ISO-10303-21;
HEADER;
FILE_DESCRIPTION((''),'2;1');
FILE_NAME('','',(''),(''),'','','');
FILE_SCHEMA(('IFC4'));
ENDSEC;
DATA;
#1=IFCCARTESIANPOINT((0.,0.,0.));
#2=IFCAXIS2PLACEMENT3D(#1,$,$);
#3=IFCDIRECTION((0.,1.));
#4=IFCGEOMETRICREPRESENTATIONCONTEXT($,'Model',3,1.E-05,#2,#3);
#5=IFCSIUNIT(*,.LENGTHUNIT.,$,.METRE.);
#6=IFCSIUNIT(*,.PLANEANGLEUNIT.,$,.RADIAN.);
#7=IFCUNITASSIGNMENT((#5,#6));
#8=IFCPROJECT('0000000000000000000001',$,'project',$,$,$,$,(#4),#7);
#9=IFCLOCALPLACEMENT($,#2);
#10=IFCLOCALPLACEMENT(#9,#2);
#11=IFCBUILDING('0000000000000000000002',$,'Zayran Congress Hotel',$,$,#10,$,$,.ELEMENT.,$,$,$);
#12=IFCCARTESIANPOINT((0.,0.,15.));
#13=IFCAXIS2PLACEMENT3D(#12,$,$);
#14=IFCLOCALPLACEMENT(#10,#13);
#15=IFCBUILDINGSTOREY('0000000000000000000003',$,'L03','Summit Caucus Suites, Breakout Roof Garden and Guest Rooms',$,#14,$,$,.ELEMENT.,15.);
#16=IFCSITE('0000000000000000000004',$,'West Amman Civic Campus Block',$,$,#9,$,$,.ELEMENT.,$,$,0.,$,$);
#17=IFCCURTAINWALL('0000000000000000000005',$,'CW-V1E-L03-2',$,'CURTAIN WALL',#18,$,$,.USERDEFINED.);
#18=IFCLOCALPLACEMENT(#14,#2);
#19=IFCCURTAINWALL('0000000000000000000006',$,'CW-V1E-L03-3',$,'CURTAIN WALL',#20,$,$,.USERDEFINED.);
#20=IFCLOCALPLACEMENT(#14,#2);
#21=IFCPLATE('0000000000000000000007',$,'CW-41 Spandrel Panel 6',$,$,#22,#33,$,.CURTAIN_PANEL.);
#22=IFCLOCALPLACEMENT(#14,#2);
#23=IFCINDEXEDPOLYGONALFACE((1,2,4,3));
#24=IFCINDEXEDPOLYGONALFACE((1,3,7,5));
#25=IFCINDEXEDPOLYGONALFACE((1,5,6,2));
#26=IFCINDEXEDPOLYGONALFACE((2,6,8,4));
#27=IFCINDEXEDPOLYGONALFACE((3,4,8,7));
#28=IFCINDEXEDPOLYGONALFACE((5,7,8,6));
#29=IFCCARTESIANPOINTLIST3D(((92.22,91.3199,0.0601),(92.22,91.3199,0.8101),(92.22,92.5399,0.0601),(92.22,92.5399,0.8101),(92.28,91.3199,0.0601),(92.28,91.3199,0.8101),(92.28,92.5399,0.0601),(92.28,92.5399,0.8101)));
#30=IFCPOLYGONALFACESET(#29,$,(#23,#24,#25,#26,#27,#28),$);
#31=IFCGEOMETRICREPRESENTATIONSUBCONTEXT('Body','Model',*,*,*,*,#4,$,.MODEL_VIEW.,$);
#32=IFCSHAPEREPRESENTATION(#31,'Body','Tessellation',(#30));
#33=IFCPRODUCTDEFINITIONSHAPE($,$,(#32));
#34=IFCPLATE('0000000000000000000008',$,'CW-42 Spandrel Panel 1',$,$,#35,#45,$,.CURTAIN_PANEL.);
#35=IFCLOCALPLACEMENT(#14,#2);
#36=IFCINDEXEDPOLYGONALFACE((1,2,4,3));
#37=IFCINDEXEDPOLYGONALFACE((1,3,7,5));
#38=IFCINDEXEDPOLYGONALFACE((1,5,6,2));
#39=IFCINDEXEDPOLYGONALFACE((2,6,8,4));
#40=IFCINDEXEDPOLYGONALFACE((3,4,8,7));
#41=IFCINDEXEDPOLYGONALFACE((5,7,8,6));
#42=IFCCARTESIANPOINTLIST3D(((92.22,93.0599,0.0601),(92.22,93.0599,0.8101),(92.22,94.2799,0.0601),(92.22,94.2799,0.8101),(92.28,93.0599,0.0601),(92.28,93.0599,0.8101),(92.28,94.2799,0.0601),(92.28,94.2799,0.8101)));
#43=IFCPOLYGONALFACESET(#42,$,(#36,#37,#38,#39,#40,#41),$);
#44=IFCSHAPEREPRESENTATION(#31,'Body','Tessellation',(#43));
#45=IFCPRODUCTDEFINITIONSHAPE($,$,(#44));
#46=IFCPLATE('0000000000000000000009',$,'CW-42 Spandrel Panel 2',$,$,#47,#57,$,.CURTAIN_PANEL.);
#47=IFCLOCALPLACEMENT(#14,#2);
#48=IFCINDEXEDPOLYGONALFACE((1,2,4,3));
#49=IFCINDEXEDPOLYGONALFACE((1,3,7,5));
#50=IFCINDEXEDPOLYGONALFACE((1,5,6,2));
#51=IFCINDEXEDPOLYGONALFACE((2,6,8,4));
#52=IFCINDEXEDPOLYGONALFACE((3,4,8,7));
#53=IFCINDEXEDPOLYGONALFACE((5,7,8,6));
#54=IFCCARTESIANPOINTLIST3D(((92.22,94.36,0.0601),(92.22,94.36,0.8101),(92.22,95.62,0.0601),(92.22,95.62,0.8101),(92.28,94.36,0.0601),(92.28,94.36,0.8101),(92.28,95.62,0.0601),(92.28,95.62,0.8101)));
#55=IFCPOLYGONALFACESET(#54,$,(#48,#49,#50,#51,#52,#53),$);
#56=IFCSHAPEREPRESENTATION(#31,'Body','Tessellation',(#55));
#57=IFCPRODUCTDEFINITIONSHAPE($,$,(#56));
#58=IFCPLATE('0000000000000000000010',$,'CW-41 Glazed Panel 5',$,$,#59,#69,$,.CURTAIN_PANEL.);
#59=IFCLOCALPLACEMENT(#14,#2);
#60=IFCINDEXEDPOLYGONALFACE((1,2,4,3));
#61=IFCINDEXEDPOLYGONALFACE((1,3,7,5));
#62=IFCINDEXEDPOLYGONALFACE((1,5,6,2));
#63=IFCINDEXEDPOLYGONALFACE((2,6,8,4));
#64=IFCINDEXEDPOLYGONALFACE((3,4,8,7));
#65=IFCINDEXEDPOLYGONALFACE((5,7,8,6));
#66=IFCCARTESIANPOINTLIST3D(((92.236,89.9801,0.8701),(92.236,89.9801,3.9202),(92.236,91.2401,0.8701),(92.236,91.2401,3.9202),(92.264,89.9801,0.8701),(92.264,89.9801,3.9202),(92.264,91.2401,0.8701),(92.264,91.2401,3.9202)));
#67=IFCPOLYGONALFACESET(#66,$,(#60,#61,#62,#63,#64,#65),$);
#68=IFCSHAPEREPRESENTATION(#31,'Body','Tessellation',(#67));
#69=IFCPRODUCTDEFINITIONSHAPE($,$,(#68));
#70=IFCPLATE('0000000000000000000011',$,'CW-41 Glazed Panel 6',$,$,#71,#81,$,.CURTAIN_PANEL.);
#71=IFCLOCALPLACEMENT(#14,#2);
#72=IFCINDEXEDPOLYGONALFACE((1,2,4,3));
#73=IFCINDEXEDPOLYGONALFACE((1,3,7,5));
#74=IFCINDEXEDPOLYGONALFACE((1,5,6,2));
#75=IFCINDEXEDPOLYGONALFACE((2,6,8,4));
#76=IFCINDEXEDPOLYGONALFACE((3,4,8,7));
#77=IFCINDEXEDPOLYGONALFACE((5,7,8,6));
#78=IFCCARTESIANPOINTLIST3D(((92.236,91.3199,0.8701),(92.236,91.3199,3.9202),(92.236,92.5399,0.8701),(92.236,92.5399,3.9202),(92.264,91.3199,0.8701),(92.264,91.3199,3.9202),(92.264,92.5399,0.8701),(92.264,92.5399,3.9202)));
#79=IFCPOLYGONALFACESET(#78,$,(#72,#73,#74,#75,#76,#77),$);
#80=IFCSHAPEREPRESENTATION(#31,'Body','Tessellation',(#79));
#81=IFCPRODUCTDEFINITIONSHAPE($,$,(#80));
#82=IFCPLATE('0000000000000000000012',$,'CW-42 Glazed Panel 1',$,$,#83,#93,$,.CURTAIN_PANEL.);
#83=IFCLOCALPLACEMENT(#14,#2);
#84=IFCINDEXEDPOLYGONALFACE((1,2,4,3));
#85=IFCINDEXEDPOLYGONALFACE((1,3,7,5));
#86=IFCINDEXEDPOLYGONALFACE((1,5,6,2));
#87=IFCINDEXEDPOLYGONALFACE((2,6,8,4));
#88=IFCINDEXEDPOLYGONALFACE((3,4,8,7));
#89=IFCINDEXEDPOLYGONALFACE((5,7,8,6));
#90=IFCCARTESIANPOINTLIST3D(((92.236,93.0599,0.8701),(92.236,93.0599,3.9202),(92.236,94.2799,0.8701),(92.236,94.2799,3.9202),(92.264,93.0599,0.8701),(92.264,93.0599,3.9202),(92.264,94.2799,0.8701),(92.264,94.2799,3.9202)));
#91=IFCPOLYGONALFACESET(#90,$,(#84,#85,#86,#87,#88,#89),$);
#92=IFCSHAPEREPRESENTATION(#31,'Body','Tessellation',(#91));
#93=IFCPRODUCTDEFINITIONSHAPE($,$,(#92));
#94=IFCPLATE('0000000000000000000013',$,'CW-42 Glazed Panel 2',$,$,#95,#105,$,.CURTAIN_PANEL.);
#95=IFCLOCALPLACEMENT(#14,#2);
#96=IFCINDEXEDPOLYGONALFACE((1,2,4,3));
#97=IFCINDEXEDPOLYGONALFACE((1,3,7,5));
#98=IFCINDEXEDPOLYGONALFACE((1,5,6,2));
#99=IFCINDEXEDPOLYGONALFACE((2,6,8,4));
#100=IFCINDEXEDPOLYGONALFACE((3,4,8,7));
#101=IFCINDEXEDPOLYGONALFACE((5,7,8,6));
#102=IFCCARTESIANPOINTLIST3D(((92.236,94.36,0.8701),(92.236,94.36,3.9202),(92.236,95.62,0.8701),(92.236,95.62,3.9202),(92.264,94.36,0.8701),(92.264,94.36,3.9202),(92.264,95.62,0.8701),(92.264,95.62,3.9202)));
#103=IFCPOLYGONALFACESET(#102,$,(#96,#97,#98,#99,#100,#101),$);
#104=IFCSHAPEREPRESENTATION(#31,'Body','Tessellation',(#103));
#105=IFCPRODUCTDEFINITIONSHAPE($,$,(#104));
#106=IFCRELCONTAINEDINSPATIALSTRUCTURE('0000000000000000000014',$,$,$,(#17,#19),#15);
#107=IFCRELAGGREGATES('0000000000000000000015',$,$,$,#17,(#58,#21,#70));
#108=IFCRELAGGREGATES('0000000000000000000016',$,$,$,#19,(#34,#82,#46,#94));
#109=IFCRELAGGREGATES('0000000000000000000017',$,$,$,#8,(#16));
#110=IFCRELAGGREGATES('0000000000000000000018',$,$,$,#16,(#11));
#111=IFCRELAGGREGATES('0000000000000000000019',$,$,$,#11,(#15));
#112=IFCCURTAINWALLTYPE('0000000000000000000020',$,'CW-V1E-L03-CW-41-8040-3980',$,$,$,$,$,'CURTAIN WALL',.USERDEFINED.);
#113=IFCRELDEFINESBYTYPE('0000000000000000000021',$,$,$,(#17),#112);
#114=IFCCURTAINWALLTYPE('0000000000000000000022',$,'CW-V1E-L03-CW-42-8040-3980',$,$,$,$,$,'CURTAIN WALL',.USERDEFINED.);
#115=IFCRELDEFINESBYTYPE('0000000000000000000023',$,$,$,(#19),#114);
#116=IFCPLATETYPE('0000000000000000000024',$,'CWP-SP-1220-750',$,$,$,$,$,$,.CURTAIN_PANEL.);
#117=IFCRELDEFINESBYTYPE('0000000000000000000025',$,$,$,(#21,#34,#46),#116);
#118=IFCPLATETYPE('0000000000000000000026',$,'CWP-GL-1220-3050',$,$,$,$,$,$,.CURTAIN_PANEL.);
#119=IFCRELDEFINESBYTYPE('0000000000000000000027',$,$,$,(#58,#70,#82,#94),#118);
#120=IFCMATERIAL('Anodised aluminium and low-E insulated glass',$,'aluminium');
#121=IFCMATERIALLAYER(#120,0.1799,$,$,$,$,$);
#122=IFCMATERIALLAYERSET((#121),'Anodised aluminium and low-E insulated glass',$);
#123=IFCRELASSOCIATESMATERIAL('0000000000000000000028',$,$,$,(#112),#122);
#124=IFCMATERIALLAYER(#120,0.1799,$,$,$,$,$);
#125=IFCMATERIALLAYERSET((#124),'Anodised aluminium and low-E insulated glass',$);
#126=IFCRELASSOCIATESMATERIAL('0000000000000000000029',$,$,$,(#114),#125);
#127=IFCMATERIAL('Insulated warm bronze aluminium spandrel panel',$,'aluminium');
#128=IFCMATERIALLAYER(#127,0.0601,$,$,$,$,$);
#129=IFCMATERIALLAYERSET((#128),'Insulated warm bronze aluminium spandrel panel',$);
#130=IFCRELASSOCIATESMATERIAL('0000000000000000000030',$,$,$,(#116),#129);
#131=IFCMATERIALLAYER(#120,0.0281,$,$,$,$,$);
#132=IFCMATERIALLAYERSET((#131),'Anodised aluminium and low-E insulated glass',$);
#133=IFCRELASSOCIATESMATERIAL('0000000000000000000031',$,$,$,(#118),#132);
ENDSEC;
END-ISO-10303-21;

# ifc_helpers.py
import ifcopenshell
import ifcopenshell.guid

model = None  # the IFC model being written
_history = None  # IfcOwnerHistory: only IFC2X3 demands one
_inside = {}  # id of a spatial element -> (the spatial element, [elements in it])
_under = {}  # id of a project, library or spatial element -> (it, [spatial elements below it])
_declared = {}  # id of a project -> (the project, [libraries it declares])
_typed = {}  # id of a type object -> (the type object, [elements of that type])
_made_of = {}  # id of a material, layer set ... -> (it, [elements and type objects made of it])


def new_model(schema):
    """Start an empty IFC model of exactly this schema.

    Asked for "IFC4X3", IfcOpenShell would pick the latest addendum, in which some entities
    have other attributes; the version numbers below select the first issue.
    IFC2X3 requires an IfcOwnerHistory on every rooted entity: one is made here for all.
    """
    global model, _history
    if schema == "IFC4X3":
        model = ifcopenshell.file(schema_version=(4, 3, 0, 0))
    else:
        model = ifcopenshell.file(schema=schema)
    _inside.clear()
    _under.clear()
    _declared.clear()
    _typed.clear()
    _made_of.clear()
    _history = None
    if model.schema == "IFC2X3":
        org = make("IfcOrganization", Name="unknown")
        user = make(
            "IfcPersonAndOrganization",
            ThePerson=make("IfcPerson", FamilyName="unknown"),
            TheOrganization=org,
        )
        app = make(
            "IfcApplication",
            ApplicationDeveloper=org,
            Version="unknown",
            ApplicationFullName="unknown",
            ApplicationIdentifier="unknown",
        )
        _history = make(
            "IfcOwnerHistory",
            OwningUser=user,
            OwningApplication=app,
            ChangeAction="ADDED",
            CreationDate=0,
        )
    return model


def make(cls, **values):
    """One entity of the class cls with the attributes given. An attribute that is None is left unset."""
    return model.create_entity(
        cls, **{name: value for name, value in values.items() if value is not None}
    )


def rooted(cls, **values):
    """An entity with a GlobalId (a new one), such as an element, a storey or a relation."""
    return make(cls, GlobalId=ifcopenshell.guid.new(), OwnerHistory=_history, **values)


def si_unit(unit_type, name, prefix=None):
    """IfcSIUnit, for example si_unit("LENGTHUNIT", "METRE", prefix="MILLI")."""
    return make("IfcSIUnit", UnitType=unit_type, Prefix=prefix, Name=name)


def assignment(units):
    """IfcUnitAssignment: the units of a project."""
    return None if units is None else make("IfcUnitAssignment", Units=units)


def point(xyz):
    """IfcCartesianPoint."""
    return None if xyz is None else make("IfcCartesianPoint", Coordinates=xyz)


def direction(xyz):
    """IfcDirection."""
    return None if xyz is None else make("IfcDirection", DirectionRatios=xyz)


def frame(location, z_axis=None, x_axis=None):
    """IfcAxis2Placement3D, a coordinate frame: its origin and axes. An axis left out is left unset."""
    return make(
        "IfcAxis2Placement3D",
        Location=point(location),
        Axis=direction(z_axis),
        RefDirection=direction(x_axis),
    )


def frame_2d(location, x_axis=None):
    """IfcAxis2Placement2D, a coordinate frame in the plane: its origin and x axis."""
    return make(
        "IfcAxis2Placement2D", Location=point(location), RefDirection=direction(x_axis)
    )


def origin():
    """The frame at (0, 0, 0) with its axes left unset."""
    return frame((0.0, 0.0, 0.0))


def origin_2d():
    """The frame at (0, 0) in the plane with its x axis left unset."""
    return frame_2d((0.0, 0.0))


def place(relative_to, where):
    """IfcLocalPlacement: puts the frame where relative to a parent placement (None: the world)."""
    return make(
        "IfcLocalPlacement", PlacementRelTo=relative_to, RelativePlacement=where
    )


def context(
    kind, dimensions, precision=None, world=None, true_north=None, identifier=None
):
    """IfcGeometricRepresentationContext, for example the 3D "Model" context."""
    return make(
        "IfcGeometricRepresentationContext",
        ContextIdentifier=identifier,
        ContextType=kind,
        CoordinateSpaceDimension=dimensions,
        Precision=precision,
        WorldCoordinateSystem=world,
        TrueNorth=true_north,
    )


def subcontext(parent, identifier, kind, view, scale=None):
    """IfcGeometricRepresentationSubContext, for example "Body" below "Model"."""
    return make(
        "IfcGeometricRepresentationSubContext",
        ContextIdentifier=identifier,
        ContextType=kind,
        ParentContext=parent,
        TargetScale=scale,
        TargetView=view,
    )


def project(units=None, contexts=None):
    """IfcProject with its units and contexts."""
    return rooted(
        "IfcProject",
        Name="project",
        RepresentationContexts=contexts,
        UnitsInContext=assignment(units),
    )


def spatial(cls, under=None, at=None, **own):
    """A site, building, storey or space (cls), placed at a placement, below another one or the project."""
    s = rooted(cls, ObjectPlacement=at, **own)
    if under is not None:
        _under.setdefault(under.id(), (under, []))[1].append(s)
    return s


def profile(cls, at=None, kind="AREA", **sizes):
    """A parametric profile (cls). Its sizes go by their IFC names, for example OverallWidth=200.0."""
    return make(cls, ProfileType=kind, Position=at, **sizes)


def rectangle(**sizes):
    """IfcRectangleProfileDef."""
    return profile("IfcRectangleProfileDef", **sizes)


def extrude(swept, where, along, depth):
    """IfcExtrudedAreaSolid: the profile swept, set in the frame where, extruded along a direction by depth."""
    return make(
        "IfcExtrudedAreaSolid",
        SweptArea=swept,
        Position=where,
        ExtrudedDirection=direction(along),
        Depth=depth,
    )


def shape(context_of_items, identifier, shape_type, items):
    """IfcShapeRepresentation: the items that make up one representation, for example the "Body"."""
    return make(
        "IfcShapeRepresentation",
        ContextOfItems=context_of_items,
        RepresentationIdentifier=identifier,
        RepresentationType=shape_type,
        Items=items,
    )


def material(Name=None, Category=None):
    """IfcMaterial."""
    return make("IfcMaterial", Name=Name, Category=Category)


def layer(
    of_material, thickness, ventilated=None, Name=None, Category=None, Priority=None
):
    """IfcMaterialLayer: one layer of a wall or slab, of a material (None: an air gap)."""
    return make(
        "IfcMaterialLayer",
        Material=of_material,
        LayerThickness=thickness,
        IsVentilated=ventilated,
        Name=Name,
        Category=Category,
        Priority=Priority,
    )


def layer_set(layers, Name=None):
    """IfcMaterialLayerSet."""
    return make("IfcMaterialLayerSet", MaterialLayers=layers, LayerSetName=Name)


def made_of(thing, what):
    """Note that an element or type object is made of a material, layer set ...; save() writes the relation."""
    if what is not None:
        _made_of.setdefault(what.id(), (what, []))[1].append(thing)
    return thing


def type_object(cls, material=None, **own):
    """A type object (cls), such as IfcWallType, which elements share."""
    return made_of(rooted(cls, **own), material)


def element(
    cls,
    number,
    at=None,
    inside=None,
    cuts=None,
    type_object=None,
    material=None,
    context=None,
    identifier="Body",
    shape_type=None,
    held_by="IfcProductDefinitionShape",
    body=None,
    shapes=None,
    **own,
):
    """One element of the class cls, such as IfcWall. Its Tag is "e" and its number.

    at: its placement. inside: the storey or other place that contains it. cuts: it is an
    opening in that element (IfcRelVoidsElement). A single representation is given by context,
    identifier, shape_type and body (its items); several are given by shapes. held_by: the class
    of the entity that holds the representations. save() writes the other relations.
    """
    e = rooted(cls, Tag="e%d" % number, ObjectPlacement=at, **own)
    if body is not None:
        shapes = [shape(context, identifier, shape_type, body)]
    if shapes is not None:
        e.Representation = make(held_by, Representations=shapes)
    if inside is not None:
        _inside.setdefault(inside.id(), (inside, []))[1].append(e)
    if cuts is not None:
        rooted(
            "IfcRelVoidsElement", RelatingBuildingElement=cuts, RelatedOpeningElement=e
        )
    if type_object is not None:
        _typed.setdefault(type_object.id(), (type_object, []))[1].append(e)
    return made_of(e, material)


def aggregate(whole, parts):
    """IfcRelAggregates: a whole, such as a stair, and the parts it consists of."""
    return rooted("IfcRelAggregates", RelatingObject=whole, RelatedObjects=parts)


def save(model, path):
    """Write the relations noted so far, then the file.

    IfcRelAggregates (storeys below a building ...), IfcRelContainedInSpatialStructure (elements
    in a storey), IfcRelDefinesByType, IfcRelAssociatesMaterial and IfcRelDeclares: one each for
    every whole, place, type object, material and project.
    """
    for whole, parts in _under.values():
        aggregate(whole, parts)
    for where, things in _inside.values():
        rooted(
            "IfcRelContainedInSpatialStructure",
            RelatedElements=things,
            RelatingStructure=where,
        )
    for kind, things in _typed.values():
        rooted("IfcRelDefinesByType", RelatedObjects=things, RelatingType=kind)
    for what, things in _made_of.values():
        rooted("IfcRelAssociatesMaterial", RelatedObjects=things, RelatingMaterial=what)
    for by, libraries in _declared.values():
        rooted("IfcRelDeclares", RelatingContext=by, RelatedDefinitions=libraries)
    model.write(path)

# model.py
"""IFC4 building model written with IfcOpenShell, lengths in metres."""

from ifc_helpers import new_model, si_unit, direction, frame, origin, origin_2d, place, context, subcontext, project, spatial, rectangle, extrude, material, layer, layer_set, type_object, element, aggregate, save


model = new_model("IFC4")

# Units and contexts
model_context = context("Model", 3, precision=1e-05, world=origin(), true_north=direction((0.0, 1.0)))
body_context = subcontext(model_context, "Body", "Model", "MODEL_VIEW")
ifc_project = project(units=[si_unit("LENGTHUNIT", "METRE"), si_unit("PLANEANGLEUNIT", "RADIAN")], contexts=[model_context])

# Site, building, storey
site_placement = place(None, origin())
site = spatial("IfcSite", under=ifc_project, at=site_placement, Name="West Amman Civic Campus Block", CompositionType="ELEMENT", RefElevation=0.0)
building_placement = place(site_placement, origin())
building = spatial("IfcBuilding", under=site, at=building_placement, Name="Zayran Congress Hotel", CompositionType="ELEMENT")
storey_placement = place(building_placement, frame((0.0, 0.0, 15.0)))
storey = spatial("IfcBuildingStorey", under=building, at=storey_placement, Name="L03", Description="Summit Caucus Suites, Breakout Roof Garden and Guest Rooms", CompositionType="ELEMENT", Elevation=15.0)

# Curtain walls
ifc_material_1 = material(Name="Anodised aluminium and low-E insulated glass", Category="aluminium")
ifc_layer_1 = layer(ifc_material_1, 0.1799)
ifc_layer_set_1 = layer_set([ifc_layer_1], Name="Anodised aluminium and low-E insulated glass")
curtain_wall_type_1 = type_object("IfcCurtainWallType", Name="CW-V1E-L03-CW-41-8040-3980", ElementType="CURTAIN WALL", PredefinedType="USERDEFINED", material=ifc_layer_set_1)
curtain_wall_1_placement = place(storey_placement, origin())
curtain_wall_1 = element("IfcCurtainWall", 1, at=curtain_wall_1_placement, inside=storey, type_object=curtain_wall_type_1, Name="CW-V1E-L03-2", ObjectType="CURTAIN WALL", PredefinedType="USERDEFINED")
ifc_layer_2 = layer(ifc_material_1, 0.1799)
ifc_layer_set_2 = layer_set([ifc_layer_2], Name="Anodised aluminium and low-E insulated glass")
curtain_wall_type_2 = type_object("IfcCurtainWallType", Name="CW-V1E-L03-CW-42-8040-3980", ElementType="CURTAIN WALL", PredefinedType="USERDEFINED", material=ifc_layer_set_2)
curtain_wall_2_placement = place(storey_placement, origin())
curtain_wall_2 = element("IfcCurtainWall", 2, at=curtain_wall_2_placement, inside=storey, type_object=curtain_wall_type_2, Name="CW-V1E-L03-3", ObjectType="CURTAIN WALL", PredefinedType="USERDEFINED")

# Plates
ifc_material_2 = material(Name="Insulated warm bronze aluminium spandrel panel", Category="aluminium")
ifc_layer_3 = layer(ifc_material_2, 0.0601)
ifc_layer_set_3 = layer_set([ifc_layer_3], Name="Insulated warm bronze aluminium spandrel panel")
plate_type_1 = type_object("IfcPlateType", Name="CWP-SP-1220-750", PredefinedType="CURTAIN_PANEL", material=ifc_layer_set_3)
plate_1_placement = place(storey_placement, frame((92.25, 91.9299, 0.0601), z_axis=(0.0, 0.0, 1.0), x_axis=(0.0, 1.0, 0.0)))
plate_1 = element("IfcPlate", 3, at=plate_1_placement, type_object=plate_type_1, Name="CW-41 Spandrel Panel 6", PredefinedType="CURTAIN_PANEL", context=body_context, shape_type="SweptSolid", body=[
    extrude(rectangle(XDim=1.22, YDim=0.0601, at=origin_2d()), origin(), (0.0, 0.0, 1.0), 0.75),
])
plate_2_placement = place(storey_placement, frame((92.25, 93.6699, 0.0601), z_axis=(0.0, 0.0, 1.0), x_axis=(0.0, 1.0, 0.0)))
plate_2 = element("IfcPlate", 4, at=plate_2_placement, type_object=plate_type_1, Name="CW-42 Spandrel Panel 1", PredefinedType="CURTAIN_PANEL", context=body_context, shape_type="SweptSolid", body=[
    extrude(rectangle(XDim=1.22, YDim=0.0601, at=origin_2d()), origin(), (0.0, 0.0, 1.0), 0.75),
])
plate_3_placement = place(storey_placement, frame((92.25, 94.99, 0.0601), z_axis=(0.0, 0.0, 1.0), x_axis=(0.0, 1.0, 0.0)))
plate_3 = element("IfcPlate", 5, at=plate_3_placement, type_object=plate_type_1, Name="CW-42 Spandrel Panel 2", PredefinedType="CURTAIN_PANEL", context=body_context, shape_type="SweptSolid", body=[
    extrude(rectangle(XDim=1.26, YDim=0.0601, at=origin_2d()), origin(), (0.0, 0.0, 1.0), 0.75),
])
ifc_layer_4 = layer(ifc_material_1, 0.0281)
ifc_layer_set_4 = layer_set([ifc_layer_4], Name="Anodised aluminium and low-E insulated glass")
plate_type_2 = type_object("IfcPlateType", Name="CWP-GL-1220-3050", PredefinedType="CURTAIN_PANEL", material=ifc_layer_set_4)
plate_4_placement = place(storey_placement, frame((92.25, 90.6101, 0.8701), z_axis=(0.0, 0.0, 1.0), x_axis=(0.0, 1.0, 0.0)))
plate_4 = element("IfcPlate", 6, at=plate_4_placement, type_object=plate_type_2, Name="CW-41 Glazed Panel 5", PredefinedType="CURTAIN_PANEL", context=body_context, shape_type="SweptSolid", body=[
    extrude(rectangle(XDim=1.26, YDim=0.0281, at=origin_2d()), origin(), (0.0, 0.0, 1.0), 3.05),
])
plate_5_placement = place(storey_placement, frame((92.25, 91.9299, 0.8701), z_axis=(0.0, 0.0, 1.0), x_axis=(0.0, 1.0, 0.0)))
plate_5 = element("IfcPlate", 7, at=plate_5_placement, type_object=plate_type_2, Name="CW-41 Glazed Panel 6", PredefinedType="CURTAIN_PANEL", context=body_context, shape_type="SweptSolid", body=[
    extrude(rectangle(XDim=1.22, YDim=0.0281, at=origin_2d()), origin(), (0.0, 0.0, 1.0), 3.05),
])
aggregate(curtain_wall_1, [plate_4, plate_1, plate_5])
plate_6_placement = place(storey_placement, frame((92.25, 93.6699, 0.8701), z_axis=(0.0, 0.0, 1.0), x_axis=(0.0, 1.0, 0.0)))
plate_6 = element("IfcPlate", 8, at=plate_6_placement, type_object=plate_type_2, Name="CW-42 Glazed Panel 1", PredefinedType="CURTAIN_PANEL", context=body_context, shape_type="SweptSolid", body=[
    extrude(rectangle(XDim=1.22, YDim=0.0281, at=origin_2d()), origin(), (0.0, 0.0, 1.0), 3.05),
])
plate_7_placement = place(storey_placement, frame((92.25, 94.99, 0.8701), z_axis=(0.0, 0.0, 1.0), x_axis=(0.0, 1.0, 0.0)))
plate_7 = element("IfcPlate", 9, at=plate_7_placement, type_object=plate_type_2, Name="CW-42 Glazed Panel 2", PredefinedType="CURTAIN_PANEL", context=body_context, shape_type="SweptSolid", body=[
    extrude(rectangle(XDim=1.26, YDim=0.0281, at=origin_2d()), origin(), (0.0, 0.0, 1.0), 3.05),
])
aggregate(curtain_wall_2, [plate_2, plate_6, plate_3, plate_7])

save(model, "model.ifc")
